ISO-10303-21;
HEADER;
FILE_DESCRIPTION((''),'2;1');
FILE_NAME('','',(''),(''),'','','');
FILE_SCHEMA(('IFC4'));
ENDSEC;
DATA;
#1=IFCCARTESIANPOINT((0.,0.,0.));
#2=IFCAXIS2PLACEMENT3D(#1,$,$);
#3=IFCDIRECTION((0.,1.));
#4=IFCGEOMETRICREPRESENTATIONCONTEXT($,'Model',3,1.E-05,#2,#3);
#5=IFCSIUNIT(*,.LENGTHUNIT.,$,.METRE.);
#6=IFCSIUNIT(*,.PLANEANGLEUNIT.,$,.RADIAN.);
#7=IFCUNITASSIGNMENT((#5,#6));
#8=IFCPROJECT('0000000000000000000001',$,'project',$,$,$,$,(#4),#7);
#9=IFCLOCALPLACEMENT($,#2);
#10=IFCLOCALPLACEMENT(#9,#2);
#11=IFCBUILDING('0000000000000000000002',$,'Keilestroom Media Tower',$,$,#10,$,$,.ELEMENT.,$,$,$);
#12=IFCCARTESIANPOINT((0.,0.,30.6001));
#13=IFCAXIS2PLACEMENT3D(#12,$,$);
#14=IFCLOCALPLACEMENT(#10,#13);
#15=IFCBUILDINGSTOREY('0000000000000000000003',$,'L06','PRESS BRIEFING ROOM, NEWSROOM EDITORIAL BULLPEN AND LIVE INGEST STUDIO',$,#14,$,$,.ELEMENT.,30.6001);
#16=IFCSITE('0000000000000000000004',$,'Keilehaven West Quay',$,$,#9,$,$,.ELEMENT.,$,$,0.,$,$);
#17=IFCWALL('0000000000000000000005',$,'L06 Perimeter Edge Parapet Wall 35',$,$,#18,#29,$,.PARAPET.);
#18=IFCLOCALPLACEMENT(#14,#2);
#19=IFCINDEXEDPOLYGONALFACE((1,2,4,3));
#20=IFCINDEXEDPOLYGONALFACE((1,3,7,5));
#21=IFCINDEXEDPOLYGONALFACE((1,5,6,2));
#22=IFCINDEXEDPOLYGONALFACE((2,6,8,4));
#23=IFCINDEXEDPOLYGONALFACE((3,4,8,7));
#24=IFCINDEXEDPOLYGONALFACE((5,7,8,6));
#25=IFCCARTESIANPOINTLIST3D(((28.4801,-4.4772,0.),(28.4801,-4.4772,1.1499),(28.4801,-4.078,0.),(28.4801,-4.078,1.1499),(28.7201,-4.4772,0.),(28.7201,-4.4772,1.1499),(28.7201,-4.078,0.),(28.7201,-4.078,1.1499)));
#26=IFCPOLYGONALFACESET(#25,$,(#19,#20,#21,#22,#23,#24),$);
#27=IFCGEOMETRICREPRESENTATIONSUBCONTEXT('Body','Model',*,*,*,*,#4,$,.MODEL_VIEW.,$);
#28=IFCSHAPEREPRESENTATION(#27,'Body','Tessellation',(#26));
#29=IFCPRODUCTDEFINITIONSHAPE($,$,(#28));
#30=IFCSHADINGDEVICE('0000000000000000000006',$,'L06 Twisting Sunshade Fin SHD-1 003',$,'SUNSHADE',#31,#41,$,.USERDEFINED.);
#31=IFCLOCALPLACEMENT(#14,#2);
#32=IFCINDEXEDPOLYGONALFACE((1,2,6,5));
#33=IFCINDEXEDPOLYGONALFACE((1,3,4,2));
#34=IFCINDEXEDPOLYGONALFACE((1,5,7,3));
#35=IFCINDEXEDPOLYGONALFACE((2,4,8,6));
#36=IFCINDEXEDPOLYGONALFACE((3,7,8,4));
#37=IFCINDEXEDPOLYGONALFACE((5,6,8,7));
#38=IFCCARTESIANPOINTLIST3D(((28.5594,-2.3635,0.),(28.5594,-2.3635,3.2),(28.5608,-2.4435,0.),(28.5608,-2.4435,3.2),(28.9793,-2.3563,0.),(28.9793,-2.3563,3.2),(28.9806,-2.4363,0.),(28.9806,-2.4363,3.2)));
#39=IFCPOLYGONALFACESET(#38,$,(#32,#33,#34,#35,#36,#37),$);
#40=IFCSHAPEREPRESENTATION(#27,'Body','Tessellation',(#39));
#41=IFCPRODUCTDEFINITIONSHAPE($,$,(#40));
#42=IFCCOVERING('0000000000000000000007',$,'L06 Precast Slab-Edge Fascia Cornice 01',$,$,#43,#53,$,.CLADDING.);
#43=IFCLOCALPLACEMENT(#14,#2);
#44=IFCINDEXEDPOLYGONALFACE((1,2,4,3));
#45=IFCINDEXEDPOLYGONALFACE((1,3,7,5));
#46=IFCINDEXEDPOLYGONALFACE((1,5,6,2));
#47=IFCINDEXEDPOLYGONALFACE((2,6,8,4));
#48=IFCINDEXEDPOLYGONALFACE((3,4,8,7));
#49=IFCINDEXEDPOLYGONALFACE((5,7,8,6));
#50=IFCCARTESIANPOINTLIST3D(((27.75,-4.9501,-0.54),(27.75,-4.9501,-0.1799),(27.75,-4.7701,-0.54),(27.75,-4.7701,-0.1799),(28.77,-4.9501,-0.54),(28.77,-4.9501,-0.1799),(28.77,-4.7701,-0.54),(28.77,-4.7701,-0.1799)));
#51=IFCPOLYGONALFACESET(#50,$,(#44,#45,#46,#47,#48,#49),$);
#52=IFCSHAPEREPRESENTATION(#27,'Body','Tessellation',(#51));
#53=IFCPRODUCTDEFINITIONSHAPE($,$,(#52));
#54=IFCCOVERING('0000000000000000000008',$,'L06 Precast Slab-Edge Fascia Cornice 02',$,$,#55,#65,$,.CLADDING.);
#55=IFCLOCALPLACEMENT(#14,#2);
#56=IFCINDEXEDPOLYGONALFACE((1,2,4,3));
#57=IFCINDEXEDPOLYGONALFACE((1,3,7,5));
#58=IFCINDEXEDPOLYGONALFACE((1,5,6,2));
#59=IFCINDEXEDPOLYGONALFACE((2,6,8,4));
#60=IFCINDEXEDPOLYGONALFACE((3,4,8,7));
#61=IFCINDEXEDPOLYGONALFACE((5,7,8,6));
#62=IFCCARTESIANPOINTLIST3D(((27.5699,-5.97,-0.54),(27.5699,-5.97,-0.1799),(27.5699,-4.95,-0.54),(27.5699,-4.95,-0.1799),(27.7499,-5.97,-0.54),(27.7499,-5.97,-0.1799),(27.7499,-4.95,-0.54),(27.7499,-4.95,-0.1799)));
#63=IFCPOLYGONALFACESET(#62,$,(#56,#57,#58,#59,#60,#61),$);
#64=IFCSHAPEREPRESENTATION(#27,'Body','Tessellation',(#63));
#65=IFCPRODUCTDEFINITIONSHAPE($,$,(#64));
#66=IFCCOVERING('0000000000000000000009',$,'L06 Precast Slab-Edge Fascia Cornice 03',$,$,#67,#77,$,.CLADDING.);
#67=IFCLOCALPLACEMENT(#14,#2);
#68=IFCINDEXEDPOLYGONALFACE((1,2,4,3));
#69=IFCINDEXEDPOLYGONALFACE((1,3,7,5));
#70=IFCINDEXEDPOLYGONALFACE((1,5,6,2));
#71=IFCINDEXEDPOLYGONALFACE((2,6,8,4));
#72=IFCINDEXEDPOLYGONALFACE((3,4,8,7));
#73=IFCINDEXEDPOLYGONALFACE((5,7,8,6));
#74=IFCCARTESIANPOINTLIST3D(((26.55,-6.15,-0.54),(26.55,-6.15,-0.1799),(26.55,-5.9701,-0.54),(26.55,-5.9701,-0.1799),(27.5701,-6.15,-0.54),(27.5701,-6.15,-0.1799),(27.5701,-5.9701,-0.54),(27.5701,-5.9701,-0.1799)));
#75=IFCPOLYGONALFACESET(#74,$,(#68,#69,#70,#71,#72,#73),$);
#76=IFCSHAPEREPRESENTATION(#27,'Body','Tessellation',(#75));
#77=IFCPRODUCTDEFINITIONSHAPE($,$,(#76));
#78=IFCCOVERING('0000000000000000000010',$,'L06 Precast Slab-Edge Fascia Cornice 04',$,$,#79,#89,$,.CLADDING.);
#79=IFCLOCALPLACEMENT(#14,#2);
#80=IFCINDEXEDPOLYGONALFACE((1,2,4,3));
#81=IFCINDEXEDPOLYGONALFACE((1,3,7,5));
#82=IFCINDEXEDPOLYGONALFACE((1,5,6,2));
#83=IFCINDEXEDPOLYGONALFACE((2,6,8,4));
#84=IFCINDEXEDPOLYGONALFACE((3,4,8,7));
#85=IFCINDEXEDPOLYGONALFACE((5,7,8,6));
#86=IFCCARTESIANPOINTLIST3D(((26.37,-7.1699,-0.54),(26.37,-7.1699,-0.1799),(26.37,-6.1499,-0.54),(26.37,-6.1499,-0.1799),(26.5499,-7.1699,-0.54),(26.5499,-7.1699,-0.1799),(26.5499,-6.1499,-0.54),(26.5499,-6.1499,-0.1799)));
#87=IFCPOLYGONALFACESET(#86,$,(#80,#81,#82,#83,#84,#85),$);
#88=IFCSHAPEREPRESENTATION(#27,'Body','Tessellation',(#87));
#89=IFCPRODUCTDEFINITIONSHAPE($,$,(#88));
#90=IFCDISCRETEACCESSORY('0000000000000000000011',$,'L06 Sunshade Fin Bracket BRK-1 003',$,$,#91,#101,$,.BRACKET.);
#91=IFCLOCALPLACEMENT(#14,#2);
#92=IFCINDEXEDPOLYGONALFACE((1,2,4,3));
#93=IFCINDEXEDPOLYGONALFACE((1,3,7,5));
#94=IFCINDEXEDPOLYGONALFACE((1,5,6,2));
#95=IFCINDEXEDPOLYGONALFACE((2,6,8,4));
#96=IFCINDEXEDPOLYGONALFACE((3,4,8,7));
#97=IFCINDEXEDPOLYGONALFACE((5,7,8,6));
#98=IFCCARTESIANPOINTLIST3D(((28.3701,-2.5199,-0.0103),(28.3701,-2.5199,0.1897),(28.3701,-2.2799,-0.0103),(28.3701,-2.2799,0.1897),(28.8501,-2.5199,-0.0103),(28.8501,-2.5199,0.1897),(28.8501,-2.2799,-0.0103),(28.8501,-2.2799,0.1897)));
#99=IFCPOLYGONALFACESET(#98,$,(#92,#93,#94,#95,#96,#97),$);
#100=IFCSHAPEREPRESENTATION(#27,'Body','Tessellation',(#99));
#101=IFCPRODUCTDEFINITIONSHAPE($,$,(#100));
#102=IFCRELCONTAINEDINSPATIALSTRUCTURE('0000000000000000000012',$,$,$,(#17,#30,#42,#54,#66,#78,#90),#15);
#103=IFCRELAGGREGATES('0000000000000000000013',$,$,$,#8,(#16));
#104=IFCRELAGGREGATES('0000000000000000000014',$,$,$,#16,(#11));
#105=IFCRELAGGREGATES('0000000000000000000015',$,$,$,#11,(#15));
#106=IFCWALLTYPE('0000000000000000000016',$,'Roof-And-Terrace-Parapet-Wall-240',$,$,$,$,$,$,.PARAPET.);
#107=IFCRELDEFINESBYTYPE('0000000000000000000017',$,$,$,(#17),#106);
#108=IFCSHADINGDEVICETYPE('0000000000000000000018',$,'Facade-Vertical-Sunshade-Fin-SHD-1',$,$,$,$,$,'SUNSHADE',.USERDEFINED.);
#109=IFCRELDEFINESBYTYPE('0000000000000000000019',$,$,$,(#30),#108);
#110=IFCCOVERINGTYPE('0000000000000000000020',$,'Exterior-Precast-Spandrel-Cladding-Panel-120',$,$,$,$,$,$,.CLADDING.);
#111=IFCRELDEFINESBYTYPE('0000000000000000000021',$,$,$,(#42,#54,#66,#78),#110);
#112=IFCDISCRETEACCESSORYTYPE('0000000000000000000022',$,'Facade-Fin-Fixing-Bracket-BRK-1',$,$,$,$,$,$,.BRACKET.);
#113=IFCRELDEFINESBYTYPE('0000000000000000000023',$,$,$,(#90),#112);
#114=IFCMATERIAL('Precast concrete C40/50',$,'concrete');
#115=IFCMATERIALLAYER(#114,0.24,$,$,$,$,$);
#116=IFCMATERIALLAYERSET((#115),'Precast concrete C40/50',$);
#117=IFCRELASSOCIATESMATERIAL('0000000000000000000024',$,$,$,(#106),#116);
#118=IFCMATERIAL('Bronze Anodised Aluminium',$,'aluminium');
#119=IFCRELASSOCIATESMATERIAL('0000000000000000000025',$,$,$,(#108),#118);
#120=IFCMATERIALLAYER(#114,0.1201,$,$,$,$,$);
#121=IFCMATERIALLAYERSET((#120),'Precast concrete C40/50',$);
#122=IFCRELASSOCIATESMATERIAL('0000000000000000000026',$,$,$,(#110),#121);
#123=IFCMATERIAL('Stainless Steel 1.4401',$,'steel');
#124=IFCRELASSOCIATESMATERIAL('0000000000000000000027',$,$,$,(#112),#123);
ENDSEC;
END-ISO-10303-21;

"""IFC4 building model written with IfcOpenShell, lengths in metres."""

from ifc_helpers import new_model, si_unit, direction, frame, frame_2d, origin, origin_2d, place, context, subcontext, project, spatial, rectangle, extrude, source, transform, mapped, material, layer, layer_set, type_object, element, save


model = new_model("IFC4")

# Units and contexts
model_context = context("Model", 3, precision=1e-05, world=origin(), true_north=direction((0.0, 1.0)))
body_context = subcontext(model_context, "Body", "Model", "MODEL_VIEW")
ifc_project = project(units=[si_unit("LENGTHUNIT", "METRE"), si_unit("PLANEANGLEUNIT", "RADIAN")], contexts=[model_context])

# Site, building, storey
site_placement = place(None, origin())
site = spatial("IfcSite", under=ifc_project, at=site_placement, Name="Keilehaven West Quay", CompositionType="ELEMENT", RefElevation=0.0)
building_placement = place(site_placement, origin())
building = spatial("IfcBuilding", under=site, at=building_placement, Name="Keilestroom Media Tower", CompositionType="ELEMENT")
storey_placement = place(building_placement, frame((0.0, 0.0, 30.6001)))
storey = spatial("IfcBuildingStorey", under=building, at=storey_placement, Name="L06", Description="PRESS BRIEFING ROOM, NEWSROOM EDITORIAL BULLPEN AND LIVE INGEST STUDIO", CompositionType="ELEMENT", Elevation=30.6001)

# Shared definitions
ifc_material_1 = material(Name="Precast concrete C40/50", Category="concrete")

# Wall
ifc_layer_1 = layer(ifc_material_1, 0.24)
ifc_layer_set_1 = layer_set([ifc_layer_1], Name="Precast concrete C40/50")
wall_type = type_object("IfcWallType", Name="Roof-And-Terrace-Parapet-Wall-240", PredefinedType="PARAPET", material=ifc_layer_set_1)
wall_1_placement = place(storey_placement, frame((28.6001, -4.0779, 0.0), z_axis=(0.0, 0.0, 1.0), x_axis=(0.0, -1.0, 0.0)))
element("IfcWall", 1, at=wall_1_placement, inside=storey, type_object=wall_type, Name="L06 Perimeter Edge Parapet Wall 35", PredefinedType="PARAPET", context=body_context, shape_type="SweptSolid", body=[
    extrude(rectangle(XDim=0.3992, YDim=0.24, at=frame_2d((0.1997, 0.0))), origin(), (0.0, 0.0, 1.0), 1.1499),
])

# Shading device
ifc_material_2 = material(Name="Bronze Anodised Aluminium", Category="aluminium")
shading_device_type = type_object("IfcShadingDeviceType", Name="Facade-Vertical-Sunshade-Fin-SHD-1", ElementType="SUNSHADE", PredefinedType="USERDEFINED", material=ifc_material_2)
shared_shape_1 = source(origin(), body_context, "Body", "SweptSolid", [
    extrude(rectangle(XDim=0.4199, YDim=0.0801, at=origin_2d()), origin(), (0.0, 0.0, 1.0), 3.2),
])
shading_device_placement = place(storey_placement, frame((28.77, -2.3999, 0.0), z_axis=(0.0, 0.0, 1.0), x_axis=(0.999854, 0.017103, 0.0)))
element("IfcShadingDevice", 2, at=shading_device_placement, inside=storey, type_object=shading_device_type, Name="L06 Twisting Sunshade Fin SHD-1 003", ObjectType="SUNSHADE", PredefinedType="USERDEFINED", context=body_context, shape_type="MappedRepresentation", body=[
    mapped(shared_shape_1, transform((0.0, 0.0, 0.0), x_axis=(1.0, 0.0, 0.0), y_axis=(0.0, 1.0, 0.0), z_axis=(0.0, 0.0, 1.0), scale=1.0)),
])

# Coverings
ifc_layer_2 = layer(ifc_material_1, 0.1201)
ifc_layer_set_2 = layer_set([ifc_layer_2], Name="Precast concrete C40/50")
covering_type = type_object("IfcCoveringType", Name="Exterior-Precast-Spandrel-Cladding-Panel-120", PredefinedType="CLADDING", material=ifc_layer_set_2)
shared_shape_2 = source(origin(), body_context, "Body", "SweptSolid", [
    extrude(rectangle(XDim=1.02, YDim=0.1799, at=origin_2d()), origin(), (0.0, 0.0, 1.0), 0.3601),
])
for number, where, z_axis, x_axis, name in (
    (3, (28.26, -4.8601, -0.54), (0.0, 0.0, 1.0), (-1.0, 0.0, 0.0), "L06 Precast Slab-Edge Fascia Cornice 01"),
    (4, (27.6599, -5.46, -0.54), (0.0, 0.0, 1.0), (0.0, -1.0, 0.0), "L06 Precast Slab-Edge Fascia Cornice 02"),
    (5, (27.0601, -6.0601, -0.54), (0.0, 0.0, 1.0), (-1.0, 0.0, 0.0), "L06 Precast Slab-Edge Fascia Cornice 03"),
    (6, (26.46, -6.6599, -0.54), (0.0, 0.0, 1.0), (0.0, -1.0, 0.0), "L06 Precast Slab-Edge Fascia Cornice 04"),
):
    element("IfcCovering", number, at=place(storey_placement, frame(where, z_axis=z_axis, x_axis=x_axis)), inside=storey, type_object=covering_type, Name=name, PredefinedType="CLADDING", context=body_context, shape_type="MappedRepresentation", body=[
        mapped(shared_shape_2, transform((0.0, 0.0, 0.0), x_axis=(1.0, 0.0, 0.0), y_axis=(0.0, 1.0, 0.0), z_axis=(0.0, 0.0, 1.0), scale=1.0)),
    ])

# Discrete accessory
ifc_material_3 = material(Name="Stainless Steel 1.4401", Category="steel")
discrete_accessory_type = type_object("IfcDiscreteAccessoryType", Name="Facade-Fin-Fixing-Bracket-BRK-1", PredefinedType="BRACKET", material=ifc_material_3)
shared_shape_3 = source(origin(), body_context, "Body", "SweptSolid", [
    extrude(rectangle(XDim=0.48, YDim=0.24, at=origin_2d()), origin(), (0.0, 0.0, 1.0), 0.2),
])
discrete_accessory_placement = place(storey_placement, frame((28.6101, -2.3999, -0.0103), z_axis=(0.0, 0.0, 1.0), x_axis=(1.0, 0.0, 0.0)))
element("IfcDiscreteAccessory", 7, at=discrete_accessory_placement, inside=storey, type_object=discrete_accessory_type, Name="L06 Sunshade Fin Bracket BRK-1 003", PredefinedType="BRACKET", context=body_context, shape_type="MappedRepresentation", body=[
    mapped(shared_shape_3, transform((0.0, 0.0, 0.0), x_axis=(1.0, 0.0, 0.0), y_axis=(0.0, 1.0, 0.0), z_axis=(0.0, 0.0, 1.0), scale=1.0)),
])

save(model, "model.ifc")
